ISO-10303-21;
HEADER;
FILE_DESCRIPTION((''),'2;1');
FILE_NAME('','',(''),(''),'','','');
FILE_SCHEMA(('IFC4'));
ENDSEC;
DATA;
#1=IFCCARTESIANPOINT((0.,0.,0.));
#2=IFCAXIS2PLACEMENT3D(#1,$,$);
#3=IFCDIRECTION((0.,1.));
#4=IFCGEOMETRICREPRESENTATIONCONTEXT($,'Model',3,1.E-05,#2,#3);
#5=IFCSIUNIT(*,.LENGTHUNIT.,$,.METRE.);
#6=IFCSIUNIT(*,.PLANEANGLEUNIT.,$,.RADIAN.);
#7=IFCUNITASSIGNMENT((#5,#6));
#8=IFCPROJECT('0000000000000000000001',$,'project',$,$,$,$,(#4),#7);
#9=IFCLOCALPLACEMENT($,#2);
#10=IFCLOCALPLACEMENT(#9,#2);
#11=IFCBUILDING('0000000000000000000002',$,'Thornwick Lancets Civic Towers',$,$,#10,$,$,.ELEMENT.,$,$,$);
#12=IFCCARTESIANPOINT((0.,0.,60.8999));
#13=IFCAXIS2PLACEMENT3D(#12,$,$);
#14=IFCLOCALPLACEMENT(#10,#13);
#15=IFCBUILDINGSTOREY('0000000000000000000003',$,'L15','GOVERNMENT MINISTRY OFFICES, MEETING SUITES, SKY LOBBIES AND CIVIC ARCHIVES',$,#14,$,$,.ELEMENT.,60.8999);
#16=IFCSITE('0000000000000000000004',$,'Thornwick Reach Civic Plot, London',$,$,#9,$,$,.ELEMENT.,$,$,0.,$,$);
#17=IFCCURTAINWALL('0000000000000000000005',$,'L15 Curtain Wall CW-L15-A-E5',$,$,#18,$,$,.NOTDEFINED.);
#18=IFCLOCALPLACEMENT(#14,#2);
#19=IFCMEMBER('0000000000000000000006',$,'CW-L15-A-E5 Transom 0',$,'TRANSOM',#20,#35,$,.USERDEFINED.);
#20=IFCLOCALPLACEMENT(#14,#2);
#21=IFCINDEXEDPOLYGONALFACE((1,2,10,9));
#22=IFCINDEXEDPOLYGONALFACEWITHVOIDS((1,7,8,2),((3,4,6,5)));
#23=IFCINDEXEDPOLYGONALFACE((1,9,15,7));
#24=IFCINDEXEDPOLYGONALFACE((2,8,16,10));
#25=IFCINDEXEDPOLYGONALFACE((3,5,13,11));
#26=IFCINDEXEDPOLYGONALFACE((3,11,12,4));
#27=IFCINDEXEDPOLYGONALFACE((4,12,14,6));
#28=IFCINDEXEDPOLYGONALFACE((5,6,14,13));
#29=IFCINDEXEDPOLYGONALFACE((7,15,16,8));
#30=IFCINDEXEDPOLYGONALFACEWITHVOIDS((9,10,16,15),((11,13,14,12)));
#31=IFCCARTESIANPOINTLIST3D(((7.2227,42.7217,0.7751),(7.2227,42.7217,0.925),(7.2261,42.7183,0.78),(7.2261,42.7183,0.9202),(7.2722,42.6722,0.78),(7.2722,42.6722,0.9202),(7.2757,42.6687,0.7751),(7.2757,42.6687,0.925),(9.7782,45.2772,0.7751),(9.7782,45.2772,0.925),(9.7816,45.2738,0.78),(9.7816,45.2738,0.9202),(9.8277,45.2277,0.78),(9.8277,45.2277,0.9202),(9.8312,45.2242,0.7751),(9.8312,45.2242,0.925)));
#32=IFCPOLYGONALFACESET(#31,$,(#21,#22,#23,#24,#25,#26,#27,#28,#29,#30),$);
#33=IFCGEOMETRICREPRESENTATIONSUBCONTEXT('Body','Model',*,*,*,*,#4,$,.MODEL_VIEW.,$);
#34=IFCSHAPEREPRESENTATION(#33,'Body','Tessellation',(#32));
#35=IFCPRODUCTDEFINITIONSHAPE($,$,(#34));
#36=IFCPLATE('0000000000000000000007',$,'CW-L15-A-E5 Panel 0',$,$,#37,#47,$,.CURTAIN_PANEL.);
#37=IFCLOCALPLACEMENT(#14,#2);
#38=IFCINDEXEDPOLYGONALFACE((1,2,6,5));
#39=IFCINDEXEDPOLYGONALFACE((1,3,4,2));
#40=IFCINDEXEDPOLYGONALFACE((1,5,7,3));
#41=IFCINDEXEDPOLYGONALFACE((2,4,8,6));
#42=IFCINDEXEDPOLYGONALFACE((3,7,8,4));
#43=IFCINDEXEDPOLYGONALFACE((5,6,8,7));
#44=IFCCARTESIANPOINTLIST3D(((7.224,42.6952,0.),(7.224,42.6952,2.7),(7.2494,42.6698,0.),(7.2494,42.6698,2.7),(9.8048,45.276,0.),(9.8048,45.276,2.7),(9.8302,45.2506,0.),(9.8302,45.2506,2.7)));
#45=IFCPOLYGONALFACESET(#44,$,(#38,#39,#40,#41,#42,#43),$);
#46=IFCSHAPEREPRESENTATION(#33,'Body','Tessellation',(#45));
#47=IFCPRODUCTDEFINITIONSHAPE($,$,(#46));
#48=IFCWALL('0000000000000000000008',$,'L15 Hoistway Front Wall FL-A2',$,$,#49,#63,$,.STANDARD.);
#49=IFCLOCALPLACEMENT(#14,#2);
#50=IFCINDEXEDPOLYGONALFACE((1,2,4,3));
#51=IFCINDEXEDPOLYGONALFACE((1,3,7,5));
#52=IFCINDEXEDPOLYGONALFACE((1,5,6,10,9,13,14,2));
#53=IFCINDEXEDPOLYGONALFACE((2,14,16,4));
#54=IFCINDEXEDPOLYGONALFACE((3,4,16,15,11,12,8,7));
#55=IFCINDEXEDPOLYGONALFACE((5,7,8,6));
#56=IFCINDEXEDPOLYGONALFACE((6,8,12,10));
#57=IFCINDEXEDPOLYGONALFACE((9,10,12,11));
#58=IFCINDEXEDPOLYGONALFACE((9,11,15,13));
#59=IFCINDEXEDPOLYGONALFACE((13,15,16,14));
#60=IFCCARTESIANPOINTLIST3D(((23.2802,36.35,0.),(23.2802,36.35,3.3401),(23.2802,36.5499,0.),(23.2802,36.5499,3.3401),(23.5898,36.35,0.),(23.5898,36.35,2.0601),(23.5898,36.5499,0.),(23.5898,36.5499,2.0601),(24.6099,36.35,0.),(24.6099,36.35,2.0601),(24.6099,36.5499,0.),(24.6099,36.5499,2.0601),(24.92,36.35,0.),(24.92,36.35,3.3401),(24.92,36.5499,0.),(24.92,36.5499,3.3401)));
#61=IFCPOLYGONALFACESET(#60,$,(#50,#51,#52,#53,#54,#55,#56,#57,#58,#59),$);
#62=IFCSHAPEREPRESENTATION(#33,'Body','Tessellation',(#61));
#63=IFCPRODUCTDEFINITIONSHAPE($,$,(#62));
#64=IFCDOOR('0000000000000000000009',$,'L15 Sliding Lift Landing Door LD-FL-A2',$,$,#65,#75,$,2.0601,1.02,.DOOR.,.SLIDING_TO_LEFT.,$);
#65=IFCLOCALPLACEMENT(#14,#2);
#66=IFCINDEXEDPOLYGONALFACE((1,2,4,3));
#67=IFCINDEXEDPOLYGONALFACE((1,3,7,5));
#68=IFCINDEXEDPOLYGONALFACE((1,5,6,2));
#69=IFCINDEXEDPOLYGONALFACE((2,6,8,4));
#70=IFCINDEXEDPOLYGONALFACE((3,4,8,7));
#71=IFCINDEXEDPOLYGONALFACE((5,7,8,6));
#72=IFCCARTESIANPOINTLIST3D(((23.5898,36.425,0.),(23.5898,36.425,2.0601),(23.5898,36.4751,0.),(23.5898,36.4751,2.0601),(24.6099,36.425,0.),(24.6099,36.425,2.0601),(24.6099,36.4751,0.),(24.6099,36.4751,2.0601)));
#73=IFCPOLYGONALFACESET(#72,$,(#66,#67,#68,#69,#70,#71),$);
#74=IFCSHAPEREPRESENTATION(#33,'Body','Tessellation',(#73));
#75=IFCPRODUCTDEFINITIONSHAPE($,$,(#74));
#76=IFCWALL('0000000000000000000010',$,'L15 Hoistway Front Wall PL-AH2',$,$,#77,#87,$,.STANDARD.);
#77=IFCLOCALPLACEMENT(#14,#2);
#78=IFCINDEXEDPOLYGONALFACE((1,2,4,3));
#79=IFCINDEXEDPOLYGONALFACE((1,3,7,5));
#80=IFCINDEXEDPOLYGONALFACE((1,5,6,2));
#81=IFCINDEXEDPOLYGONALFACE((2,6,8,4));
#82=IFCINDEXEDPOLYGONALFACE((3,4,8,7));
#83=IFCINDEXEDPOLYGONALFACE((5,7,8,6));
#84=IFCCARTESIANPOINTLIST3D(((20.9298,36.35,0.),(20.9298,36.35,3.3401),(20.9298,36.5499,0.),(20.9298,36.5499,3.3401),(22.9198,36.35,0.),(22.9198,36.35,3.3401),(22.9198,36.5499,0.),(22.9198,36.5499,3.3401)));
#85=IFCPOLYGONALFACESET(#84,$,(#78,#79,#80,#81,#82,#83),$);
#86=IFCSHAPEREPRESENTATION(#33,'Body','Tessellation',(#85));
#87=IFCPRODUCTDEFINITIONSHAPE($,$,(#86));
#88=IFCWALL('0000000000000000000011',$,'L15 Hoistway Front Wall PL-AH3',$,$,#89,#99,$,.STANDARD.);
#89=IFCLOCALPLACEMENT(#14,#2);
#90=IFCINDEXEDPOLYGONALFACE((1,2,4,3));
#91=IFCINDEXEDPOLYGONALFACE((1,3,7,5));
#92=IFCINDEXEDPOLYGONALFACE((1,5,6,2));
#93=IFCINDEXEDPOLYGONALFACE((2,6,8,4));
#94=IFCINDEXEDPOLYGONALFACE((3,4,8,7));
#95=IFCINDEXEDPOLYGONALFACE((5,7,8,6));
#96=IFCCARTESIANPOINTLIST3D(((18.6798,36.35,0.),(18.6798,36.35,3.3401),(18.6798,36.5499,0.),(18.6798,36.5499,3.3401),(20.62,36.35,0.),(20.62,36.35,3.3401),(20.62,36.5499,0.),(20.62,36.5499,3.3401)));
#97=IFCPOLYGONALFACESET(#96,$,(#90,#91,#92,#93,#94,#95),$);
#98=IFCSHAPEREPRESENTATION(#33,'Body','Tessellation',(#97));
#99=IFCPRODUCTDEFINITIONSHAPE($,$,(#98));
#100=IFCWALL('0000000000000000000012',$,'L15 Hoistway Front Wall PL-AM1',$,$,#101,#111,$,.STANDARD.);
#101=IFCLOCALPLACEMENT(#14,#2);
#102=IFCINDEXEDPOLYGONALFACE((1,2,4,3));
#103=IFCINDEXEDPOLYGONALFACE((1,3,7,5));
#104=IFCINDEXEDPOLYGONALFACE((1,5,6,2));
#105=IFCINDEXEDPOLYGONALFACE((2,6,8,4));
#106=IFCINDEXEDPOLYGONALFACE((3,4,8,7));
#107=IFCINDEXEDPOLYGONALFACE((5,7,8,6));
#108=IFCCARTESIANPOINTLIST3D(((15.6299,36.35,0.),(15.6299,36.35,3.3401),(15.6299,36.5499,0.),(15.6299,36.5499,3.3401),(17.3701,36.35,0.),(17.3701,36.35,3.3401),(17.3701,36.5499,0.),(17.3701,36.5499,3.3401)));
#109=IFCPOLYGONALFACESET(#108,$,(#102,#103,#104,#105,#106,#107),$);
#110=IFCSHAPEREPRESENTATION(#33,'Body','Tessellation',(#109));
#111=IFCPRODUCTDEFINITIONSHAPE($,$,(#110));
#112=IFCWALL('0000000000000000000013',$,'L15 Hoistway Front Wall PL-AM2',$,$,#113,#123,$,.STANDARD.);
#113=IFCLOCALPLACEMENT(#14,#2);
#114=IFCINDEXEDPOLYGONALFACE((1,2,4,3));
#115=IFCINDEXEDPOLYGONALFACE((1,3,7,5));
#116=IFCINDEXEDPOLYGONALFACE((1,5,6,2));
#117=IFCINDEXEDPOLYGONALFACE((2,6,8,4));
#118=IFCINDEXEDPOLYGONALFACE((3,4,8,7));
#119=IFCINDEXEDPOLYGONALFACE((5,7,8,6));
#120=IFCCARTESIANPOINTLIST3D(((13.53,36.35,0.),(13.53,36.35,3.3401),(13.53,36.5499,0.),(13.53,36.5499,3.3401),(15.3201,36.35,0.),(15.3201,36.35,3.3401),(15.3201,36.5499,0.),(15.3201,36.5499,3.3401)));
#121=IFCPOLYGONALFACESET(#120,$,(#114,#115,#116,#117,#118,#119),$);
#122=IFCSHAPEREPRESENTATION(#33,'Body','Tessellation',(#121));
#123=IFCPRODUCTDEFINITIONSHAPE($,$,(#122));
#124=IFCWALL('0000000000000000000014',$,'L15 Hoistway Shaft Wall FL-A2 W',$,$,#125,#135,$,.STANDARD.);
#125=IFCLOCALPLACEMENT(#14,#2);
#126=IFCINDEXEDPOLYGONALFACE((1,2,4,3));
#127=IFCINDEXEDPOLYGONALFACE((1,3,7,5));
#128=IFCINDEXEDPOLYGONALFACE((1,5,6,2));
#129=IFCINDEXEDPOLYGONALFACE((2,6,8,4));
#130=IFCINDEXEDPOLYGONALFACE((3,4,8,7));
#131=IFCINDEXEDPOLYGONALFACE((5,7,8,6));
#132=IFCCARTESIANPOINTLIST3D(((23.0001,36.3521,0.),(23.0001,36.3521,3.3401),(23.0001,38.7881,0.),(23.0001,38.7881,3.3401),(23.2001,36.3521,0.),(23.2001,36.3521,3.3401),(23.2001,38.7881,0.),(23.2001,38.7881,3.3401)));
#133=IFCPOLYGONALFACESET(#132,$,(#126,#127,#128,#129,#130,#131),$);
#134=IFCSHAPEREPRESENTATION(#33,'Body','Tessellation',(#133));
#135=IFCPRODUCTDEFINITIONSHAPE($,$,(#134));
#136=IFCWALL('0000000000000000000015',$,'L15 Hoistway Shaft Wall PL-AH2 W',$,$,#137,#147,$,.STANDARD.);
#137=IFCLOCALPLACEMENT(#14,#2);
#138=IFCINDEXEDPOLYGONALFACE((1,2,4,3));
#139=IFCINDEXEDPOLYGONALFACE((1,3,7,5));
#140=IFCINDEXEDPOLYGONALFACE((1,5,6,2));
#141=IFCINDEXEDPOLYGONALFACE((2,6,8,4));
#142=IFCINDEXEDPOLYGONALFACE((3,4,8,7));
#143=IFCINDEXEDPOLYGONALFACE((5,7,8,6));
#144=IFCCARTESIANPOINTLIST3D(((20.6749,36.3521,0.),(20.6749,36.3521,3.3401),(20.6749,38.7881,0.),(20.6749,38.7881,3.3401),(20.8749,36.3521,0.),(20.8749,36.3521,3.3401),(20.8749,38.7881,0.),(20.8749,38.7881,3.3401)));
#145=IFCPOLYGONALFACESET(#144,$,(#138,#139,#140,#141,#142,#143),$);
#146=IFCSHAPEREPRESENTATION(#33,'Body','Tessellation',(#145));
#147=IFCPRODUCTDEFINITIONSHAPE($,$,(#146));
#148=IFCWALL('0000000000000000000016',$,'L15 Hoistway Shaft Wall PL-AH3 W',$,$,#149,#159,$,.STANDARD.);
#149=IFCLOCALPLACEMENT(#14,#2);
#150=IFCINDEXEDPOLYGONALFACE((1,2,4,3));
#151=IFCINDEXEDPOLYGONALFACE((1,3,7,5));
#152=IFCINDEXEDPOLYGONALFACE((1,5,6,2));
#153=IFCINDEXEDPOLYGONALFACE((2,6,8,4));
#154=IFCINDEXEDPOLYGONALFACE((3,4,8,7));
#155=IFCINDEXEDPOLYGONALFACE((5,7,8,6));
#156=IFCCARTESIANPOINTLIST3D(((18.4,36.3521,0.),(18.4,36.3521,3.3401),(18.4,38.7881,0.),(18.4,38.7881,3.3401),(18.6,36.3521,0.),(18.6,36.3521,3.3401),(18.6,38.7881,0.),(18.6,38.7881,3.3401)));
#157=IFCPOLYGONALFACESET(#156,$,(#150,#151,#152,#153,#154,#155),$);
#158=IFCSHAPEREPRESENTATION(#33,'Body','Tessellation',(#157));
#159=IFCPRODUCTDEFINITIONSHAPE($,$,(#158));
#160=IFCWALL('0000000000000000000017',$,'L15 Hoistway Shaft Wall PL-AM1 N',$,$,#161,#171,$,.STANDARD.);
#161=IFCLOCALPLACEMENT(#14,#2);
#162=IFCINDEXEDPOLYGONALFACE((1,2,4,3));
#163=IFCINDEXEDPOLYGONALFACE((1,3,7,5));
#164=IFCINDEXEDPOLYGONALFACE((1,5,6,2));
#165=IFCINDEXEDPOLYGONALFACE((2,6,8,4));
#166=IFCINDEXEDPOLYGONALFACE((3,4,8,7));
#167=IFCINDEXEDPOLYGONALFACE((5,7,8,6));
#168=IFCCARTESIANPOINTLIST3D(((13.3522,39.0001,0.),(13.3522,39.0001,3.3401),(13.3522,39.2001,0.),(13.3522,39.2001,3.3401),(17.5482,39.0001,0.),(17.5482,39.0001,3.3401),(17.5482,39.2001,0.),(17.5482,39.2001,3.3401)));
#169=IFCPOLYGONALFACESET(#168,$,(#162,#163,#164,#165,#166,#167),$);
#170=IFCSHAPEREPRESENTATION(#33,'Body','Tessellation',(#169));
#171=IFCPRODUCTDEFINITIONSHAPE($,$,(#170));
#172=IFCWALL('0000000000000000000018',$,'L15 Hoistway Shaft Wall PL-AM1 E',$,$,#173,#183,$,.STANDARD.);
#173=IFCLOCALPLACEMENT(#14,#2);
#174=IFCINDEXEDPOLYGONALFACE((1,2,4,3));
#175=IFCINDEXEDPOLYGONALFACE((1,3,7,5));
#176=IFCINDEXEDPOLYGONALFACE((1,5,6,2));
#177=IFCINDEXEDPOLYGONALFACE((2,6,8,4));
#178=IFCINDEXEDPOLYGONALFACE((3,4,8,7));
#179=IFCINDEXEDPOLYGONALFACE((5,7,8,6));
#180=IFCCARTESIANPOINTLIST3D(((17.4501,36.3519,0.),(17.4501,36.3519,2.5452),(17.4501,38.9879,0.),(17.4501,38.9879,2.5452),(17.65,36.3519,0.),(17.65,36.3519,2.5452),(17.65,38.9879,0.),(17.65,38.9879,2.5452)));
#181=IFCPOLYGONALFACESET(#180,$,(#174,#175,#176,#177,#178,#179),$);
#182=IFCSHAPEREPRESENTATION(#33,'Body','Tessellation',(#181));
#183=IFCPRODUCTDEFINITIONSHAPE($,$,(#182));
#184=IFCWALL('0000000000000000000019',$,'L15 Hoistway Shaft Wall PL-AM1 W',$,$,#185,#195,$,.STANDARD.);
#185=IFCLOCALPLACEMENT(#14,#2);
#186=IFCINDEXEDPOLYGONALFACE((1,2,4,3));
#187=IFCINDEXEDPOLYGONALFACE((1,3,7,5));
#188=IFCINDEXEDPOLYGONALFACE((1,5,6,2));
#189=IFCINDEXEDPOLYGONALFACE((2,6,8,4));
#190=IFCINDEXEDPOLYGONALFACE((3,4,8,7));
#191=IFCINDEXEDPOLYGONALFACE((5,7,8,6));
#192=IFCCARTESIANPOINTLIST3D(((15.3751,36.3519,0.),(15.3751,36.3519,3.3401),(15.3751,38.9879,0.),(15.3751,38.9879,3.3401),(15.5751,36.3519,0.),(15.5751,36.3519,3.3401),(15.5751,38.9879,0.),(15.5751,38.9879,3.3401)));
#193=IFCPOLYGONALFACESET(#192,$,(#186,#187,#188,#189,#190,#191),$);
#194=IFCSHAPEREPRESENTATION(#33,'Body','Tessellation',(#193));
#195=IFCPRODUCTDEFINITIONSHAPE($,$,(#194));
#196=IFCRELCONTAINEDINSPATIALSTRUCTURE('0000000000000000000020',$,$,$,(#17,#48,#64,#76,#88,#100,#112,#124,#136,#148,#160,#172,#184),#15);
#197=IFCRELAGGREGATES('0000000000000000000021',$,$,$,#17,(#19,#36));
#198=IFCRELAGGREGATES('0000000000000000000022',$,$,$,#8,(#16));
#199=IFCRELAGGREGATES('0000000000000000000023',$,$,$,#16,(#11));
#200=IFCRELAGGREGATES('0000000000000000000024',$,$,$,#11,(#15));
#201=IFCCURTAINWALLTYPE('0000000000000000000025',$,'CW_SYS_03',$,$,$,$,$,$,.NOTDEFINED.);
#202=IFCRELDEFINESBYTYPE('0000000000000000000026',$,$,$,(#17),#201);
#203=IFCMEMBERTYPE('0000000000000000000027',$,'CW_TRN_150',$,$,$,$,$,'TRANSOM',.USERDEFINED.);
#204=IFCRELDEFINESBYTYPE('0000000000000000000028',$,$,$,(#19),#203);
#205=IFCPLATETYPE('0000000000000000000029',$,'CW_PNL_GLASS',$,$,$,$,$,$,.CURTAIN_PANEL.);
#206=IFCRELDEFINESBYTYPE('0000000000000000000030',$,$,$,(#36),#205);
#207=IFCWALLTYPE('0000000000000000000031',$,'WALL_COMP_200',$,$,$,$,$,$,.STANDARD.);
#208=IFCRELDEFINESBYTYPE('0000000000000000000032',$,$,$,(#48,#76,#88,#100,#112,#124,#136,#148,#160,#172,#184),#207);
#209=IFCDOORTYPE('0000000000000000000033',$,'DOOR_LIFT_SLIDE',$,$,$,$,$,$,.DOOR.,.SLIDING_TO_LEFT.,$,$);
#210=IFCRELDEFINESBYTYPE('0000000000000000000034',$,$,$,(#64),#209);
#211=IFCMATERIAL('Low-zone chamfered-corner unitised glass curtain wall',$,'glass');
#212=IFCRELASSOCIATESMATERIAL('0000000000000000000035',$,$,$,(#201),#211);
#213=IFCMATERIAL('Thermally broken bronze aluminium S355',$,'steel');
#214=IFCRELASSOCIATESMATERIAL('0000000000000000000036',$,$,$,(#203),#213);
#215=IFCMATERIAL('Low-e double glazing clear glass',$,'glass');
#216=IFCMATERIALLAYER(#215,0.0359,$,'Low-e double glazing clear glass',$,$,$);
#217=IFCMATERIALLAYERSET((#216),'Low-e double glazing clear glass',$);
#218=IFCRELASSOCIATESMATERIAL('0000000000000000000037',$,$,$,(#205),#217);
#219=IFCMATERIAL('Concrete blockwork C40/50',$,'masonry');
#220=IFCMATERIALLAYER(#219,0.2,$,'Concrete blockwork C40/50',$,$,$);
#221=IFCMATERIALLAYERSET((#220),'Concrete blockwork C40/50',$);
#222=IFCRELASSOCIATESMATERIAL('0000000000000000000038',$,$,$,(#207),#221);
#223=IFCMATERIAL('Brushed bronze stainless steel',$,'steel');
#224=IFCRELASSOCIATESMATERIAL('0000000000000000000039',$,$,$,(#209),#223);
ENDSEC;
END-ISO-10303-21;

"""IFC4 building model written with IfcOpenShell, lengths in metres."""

from ifc_helpers import new_model, si_unit, direction, frame, frame_2d, origin, origin_2d, place, context, subcontext, project, spatial, rectangle, hollow_rectangle, extrude, material, layer, layer_set, material_profile, profile_set, type_object, element, fill, aggregate, save


model = new_model("IFC4")

# Units and contexts
model_context = context("Model", 3, precision=1e-05, world=origin(), true_north=direction((0.0, 1.0)))
body_context = subcontext(model_context, "Body", "Model", "MODEL_VIEW")
ifc_project = project(units=[si_unit("LENGTHUNIT", "METRE"), si_unit("PLANEANGLEUNIT", "RADIAN")], contexts=[model_context])

# Site, building, storey
site_placement = place(None, origin())
site = spatial("IfcSite", under=ifc_project, at=site_placement, Name="Thornwick Reach Civic Plot, London", CompositionType="ELEMENT", RefElevation=0.0)
building_placement = place(site_placement, origin())
building = spatial("IfcBuilding", under=site, at=building_placement, Name="Thornwick Lancets Civic Towers", CompositionType="ELEMENT")
storey_placement = place(building_placement, frame((0.0, 0.0, 60.8999)))
storey = spatial("IfcBuildingStorey", under=building, at=storey_placement, Name="L15", Description="GOVERNMENT MINISTRY OFFICES, MEETING SUITES, SKY LOBBIES AND CIVIC ARCHIVES", CompositionType="ELEMENT", Elevation=60.8999)

# Curtain wall, member, plate
ifc_material_1 = material(Name="Low-zone chamfered-corner unitised glass curtain wall", Category="glass")
curtain_wall_type = type_object("IfcCurtainWallType", Name="CW_SYS_03", PredefinedType="NOTDEFINED", material=ifc_material_1)
curtain_wall_placement = place(storey_placement, origin())
curtain_wall = element("IfcCurtainWall", 1, at=curtain_wall_placement, inside=storey, type_object=curtain_wall_type, Name="L15 Curtain Wall CW-L15-A-E5", PredefinedType="NOTDEFINED")
ifc_material_2 = material(Name="Thermally broken bronze aluminium S355", Category="steel")
ifc_material_profile_1 = material_profile(ifc_material_2, hollow_rectangle(XDim=0.075, YDim=0.1499, WallThickness=0.0049, at=origin_2d()), Name="RHS 150x75x5")
ifc_profile_set_1 = profile_set([ifc_material_profile_1], Name="Thermally broken bronze aluminium S355")
member_type_1 = type_object("IfcMemberType", Name="CW_TRN_150", ElementType="TRANSOM", PredefinedType="USERDEFINED", material=ifc_profile_set_1)
member_1_placement = place(storey_placement, frame((9.8047, 45.2507, 0.8501), z_axis=(-0.707107, -0.707107, 0.0), x_axis=(0.707107, -0.707107, 0.0)))
member_1 = element("IfcMember", 2, at=member_1_placement, type_object=member_type_1, Name="CW-L15-A-E5 Transom 0", ObjectType="TRANSOM", PredefinedType="USERDEFINED", context=body_context, shape_type="SweptSolid", body=[
    extrude(hollow_rectangle(XDim=0.075, YDim=0.1499, WallThickness=0.0049, at=origin_2d()), origin(), (0.0, 0.0, 1.0), 3.614),
])
ifc_material_3 = material(Name="Low-e double glazing clear glass", Category="glass")
ifc_layer_1 = layer(ifc_material_3, 0.0359, Name="Low-e double glazing clear glass")
ifc_layer_set_1 = layer_set([ifc_layer_1], Name="Low-e double glazing clear glass")
plate_type = type_object("IfcPlateType", Name="CW_PNL_GLASS", PredefinedType="CURTAIN_PANEL", material=ifc_layer_set_1)
plate_placement = place(storey_placement, frame((8.5271, 43.9729, 0.0), z_axis=(0.0, 0.0, 1.0), x_axis=(-0.707107, -0.707107, 0.0)))
plate = element("IfcPlate", 3, at=plate_placement, type_object=plate_type, Name="CW-L15-A-E5 Panel 0", PredefinedType="CURTAIN_PANEL", context=body_context, shape_type="SweptSolid", body=[
    extrude(rectangle(XDim=3.6499, YDim=0.0359, at=origin_2d()), origin(), (0.0, 0.0, 1.0), 2.7),
])
aggregate(curtain_wall, [member_1, plate])

# Wall, opening, door
ifc_material_4 = material(Name="Concrete blockwork C40/50", Category="masonry")
ifc_layer_2 = layer(ifc_material_4, 0.2, Name="Concrete blockwork C40/50")
ifc_layer_set_2 = layer_set([ifc_layer_2], Name="Concrete blockwork C40/50")
wall_type_1 = type_object("IfcWallType", Name="WALL_COMP_200", PredefinedType="STANDARD", material=ifc_layer_set_2)
wall_1_placement = place(storey_placement, frame((24.9199, 36.45, 0.0), z_axis=(0.0, 0.0, 1.0), x_axis=(-1.0, 0.0, 0.0)))
wall_1 = element("IfcWall", 4, at=wall_1_placement, inside=storey, type_object=wall_type_1, Name="L15 Hoistway Front Wall FL-A2", PredefinedType="STANDARD", context=body_context, shape_type="SweptSolid", body=[
    extrude(rectangle(XDim=1.6399, YDim=0.2, at=frame_2d((0.8198, 0.0))), origin(), (0.0, 0.0, 1.0), 3.3401),
])
opening_1_placement = place(wall_1_placement, frame((0.3101, 0.0, 0.0)))
opening_1 = element("IfcOpeningElement", 5, at=opening_1_placement, cuts=wall_1, PredefinedType="OPENING", context=body_context, shape_type="SweptSolid", body=[
    extrude(rectangle(XDim=1.02, YDim=2.0601, at=frame_2d((0.51, 1.03))), frame((0.0, 0.1099, 0.0), z_axis=(0.0, -1.0, 0.0), x_axis=(1.0, 0.0, 0.0)), (0.0, 0.0, 1.0), 0.22),
])
ifc_material_5 = material(Name="Brushed bronze stainless steel", Category="steel")
door_type = type_object("IfcDoorType", Name="DOOR_LIFT_SLIDE", OperationType="SLIDING_TO_LEFT", PredefinedType="DOOR", material=ifc_material_5)
door_placement = place(opening_1_placement, origin())
door = element("IfcDoor", 6, at=door_placement, inside=storey, type_object=door_type, Name="L15 Sliding Lift Landing Door LD-FL-A2", OperationType="SLIDING_TO_LEFT", OverallHeight=2.0601, OverallWidth=1.02, PredefinedType="DOOR", context=body_context, shape_type="SweptSolid", body=[
    extrude(rectangle(XDim=1.02, YDim=2.0601, at=frame_2d((0.51, 1.03))), frame((0.0, 0.0249, 0.0), z_axis=(0.0, -1.0, 0.0), x_axis=(1.0, 0.0, 0.0)), (0.0, 0.0, 1.0), 0.05),
])
fill(opening_1, door)

# Walls
wall_2_placement = place(storey_placement, frame((22.9199, 36.45, 0.0), z_axis=(0.0, 0.0, 1.0), x_axis=(-1.0, 0.0, 0.0)))
element("IfcWall", 7, at=wall_2_placement, inside=storey, type_object=wall_type_1, Name="L15 Hoistway Front Wall PL-AH2", PredefinedType="STANDARD", context=body_context, shape_type="SweptSolid", body=[
    extrude(rectangle(XDim=1.99, YDim=0.2, at=frame_2d((0.9951, 0.0))), origin(), (0.0, 0.0, 1.0), 3.3401),
])
wall_3_placement = place(storey_placement, frame((20.6201, 36.45, 0.0), z_axis=(0.0, 0.0, 1.0), x_axis=(-1.0, 0.0, 0.0)))
element("IfcWall", 8, at=wall_3_placement, inside=storey, type_object=wall_type_1, Name="L15 Hoistway Front Wall PL-AH3", PredefinedType="STANDARD", context=body_context, shape_type="SweptSolid", body=[
    extrude(rectangle(XDim=1.9402, YDim=0.2, at=frame_2d((0.9702, 0.0))), origin(), (0.0, 0.0, 1.0), 3.3401),
])
wall_4_placement = place(storey_placement, frame((17.3701, 36.45, 0.0), z_axis=(0.0, 0.0, 1.0), x_axis=(-1.0, 0.0, 0.0)))
element("IfcWall", 9, at=wall_4_placement, inside=storey, type_object=wall_type_1, Name="L15 Hoistway Front Wall PL-AM1", PredefinedType="STANDARD", context=body_context, shape_type="SweptSolid", body=[
    extrude(rectangle(XDim=1.7402, YDim=0.2, at=frame_2d((0.8701, 0.0))), origin(), (0.0, 0.0, 1.0), 3.3401),
])
wall_5_placement = place(storey_placement, frame((15.3201, 36.45, 0.0), z_axis=(0.0, 0.0, 1.0), x_axis=(-1.0, 0.0, 0.0)))
element("IfcWall", 10, at=wall_5_placement, inside=storey, type_object=wall_type_1, Name="L15 Hoistway Front Wall PL-AM2", PredefinedType="STANDARD", context=body_context, shape_type="SweptSolid", body=[
    extrude(rectangle(XDim=1.79, YDim=0.2, at=frame_2d((0.895, 0.0))), origin(), (0.0, 0.0, 1.0), 3.3401),
])
for number, where, z_axis, x_axis, name in (
    (11, (23.1001, 36.3521, 0.0), (0.0, 0.0, 1.0), (0.0, 1.0, 0.0), "L15 Hoistway Shaft Wall FL-A2 W"),
    (12, (20.7749, 36.3521, 0.0), (0.0, 0.0, 1.0), (0.0, 1.0, 0.0), "L15 Hoistway Shaft Wall PL-AH2 W"),
    (13, (18.5, 36.3521, 0.0), (0.0, 0.0, 1.0), (0.0, 1.0, 0.0), "L15 Hoistway Shaft Wall PL-AH3 W"),
):
    element("IfcWall", number, at=place(storey_placement, frame(where, z_axis=z_axis, x_axis=x_axis)), inside=storey, type_object=wall_type_1, Name=name, PredefinedType="STANDARD", context=body_context, shape_type="SweptSolid", body=[
        extrude(rectangle(XDim=2.436, YDim=0.2, at=frame_2d((1.218, 0.0))), origin(), (0.0, 0.0, 1.0), 3.3401),
    ])
wall_6_placement = place(storey_placement, frame((13.3521, 39.1001, 0.0), z_axis=(0.0, 0.0, 1.0), x_axis=(1.0, 0.0, 0.0)))
element("IfcWall", 14, at=wall_6_placement, inside=storey, type_object=wall_type_1, Name="L15 Hoistway Shaft Wall PL-AM1 N", PredefinedType="STANDARD", context=body_context, shape_type="SweptSolid", body=[
    extrude(rectangle(XDim=4.196, YDim=0.2, at=frame_2d((2.0981, 0.0))), origin(), (0.0, 0.0, 1.0), 3.3401),
])
wall_7_placement = place(storey_placement, frame((17.55, 36.3521, 0.0), z_axis=(0.0, 0.0, 1.0), x_axis=(0.0, 1.0, 0.0)))
element("IfcWall", 15, at=wall_7_placement, inside=storey, type_object=wall_type_1, Name="L15 Hoistway Shaft Wall PL-AM1 E", PredefinedType="STANDARD", context=body_context, shape_type="SweptSolid", body=[
    extrude(rectangle(XDim=2.636, YDim=0.2, at=frame_2d((1.3179, 0.0))), origin(), (0.0, 0.0, 1.0), 2.5452),
])
for number, where, z_axis, x_axis, name in (
    (16, (15.4751, 36.3521, 0.0), (0.0, 0.0, 1.0), (0.0, 1.0, 0.0), "L15 Hoistway Shaft Wall PL-AM1 W"),
):
    element("IfcWall", number, at=place(storey_placement, frame(where, z_axis=z_axis, x_axis=x_axis)), inside=storey, type_object=wall_type_1, Name=name, PredefinedType="STANDARD", context=body_context, shape_type="SweptSolid", body=[
        extrude(rectangle(XDim=2.636, YDim=0.2, at=frame_2d((1.3179, 0.0))), origin(), (0.0, 0.0, 1.0), 3.3401),
    ])

save(model, "model.ifc")
